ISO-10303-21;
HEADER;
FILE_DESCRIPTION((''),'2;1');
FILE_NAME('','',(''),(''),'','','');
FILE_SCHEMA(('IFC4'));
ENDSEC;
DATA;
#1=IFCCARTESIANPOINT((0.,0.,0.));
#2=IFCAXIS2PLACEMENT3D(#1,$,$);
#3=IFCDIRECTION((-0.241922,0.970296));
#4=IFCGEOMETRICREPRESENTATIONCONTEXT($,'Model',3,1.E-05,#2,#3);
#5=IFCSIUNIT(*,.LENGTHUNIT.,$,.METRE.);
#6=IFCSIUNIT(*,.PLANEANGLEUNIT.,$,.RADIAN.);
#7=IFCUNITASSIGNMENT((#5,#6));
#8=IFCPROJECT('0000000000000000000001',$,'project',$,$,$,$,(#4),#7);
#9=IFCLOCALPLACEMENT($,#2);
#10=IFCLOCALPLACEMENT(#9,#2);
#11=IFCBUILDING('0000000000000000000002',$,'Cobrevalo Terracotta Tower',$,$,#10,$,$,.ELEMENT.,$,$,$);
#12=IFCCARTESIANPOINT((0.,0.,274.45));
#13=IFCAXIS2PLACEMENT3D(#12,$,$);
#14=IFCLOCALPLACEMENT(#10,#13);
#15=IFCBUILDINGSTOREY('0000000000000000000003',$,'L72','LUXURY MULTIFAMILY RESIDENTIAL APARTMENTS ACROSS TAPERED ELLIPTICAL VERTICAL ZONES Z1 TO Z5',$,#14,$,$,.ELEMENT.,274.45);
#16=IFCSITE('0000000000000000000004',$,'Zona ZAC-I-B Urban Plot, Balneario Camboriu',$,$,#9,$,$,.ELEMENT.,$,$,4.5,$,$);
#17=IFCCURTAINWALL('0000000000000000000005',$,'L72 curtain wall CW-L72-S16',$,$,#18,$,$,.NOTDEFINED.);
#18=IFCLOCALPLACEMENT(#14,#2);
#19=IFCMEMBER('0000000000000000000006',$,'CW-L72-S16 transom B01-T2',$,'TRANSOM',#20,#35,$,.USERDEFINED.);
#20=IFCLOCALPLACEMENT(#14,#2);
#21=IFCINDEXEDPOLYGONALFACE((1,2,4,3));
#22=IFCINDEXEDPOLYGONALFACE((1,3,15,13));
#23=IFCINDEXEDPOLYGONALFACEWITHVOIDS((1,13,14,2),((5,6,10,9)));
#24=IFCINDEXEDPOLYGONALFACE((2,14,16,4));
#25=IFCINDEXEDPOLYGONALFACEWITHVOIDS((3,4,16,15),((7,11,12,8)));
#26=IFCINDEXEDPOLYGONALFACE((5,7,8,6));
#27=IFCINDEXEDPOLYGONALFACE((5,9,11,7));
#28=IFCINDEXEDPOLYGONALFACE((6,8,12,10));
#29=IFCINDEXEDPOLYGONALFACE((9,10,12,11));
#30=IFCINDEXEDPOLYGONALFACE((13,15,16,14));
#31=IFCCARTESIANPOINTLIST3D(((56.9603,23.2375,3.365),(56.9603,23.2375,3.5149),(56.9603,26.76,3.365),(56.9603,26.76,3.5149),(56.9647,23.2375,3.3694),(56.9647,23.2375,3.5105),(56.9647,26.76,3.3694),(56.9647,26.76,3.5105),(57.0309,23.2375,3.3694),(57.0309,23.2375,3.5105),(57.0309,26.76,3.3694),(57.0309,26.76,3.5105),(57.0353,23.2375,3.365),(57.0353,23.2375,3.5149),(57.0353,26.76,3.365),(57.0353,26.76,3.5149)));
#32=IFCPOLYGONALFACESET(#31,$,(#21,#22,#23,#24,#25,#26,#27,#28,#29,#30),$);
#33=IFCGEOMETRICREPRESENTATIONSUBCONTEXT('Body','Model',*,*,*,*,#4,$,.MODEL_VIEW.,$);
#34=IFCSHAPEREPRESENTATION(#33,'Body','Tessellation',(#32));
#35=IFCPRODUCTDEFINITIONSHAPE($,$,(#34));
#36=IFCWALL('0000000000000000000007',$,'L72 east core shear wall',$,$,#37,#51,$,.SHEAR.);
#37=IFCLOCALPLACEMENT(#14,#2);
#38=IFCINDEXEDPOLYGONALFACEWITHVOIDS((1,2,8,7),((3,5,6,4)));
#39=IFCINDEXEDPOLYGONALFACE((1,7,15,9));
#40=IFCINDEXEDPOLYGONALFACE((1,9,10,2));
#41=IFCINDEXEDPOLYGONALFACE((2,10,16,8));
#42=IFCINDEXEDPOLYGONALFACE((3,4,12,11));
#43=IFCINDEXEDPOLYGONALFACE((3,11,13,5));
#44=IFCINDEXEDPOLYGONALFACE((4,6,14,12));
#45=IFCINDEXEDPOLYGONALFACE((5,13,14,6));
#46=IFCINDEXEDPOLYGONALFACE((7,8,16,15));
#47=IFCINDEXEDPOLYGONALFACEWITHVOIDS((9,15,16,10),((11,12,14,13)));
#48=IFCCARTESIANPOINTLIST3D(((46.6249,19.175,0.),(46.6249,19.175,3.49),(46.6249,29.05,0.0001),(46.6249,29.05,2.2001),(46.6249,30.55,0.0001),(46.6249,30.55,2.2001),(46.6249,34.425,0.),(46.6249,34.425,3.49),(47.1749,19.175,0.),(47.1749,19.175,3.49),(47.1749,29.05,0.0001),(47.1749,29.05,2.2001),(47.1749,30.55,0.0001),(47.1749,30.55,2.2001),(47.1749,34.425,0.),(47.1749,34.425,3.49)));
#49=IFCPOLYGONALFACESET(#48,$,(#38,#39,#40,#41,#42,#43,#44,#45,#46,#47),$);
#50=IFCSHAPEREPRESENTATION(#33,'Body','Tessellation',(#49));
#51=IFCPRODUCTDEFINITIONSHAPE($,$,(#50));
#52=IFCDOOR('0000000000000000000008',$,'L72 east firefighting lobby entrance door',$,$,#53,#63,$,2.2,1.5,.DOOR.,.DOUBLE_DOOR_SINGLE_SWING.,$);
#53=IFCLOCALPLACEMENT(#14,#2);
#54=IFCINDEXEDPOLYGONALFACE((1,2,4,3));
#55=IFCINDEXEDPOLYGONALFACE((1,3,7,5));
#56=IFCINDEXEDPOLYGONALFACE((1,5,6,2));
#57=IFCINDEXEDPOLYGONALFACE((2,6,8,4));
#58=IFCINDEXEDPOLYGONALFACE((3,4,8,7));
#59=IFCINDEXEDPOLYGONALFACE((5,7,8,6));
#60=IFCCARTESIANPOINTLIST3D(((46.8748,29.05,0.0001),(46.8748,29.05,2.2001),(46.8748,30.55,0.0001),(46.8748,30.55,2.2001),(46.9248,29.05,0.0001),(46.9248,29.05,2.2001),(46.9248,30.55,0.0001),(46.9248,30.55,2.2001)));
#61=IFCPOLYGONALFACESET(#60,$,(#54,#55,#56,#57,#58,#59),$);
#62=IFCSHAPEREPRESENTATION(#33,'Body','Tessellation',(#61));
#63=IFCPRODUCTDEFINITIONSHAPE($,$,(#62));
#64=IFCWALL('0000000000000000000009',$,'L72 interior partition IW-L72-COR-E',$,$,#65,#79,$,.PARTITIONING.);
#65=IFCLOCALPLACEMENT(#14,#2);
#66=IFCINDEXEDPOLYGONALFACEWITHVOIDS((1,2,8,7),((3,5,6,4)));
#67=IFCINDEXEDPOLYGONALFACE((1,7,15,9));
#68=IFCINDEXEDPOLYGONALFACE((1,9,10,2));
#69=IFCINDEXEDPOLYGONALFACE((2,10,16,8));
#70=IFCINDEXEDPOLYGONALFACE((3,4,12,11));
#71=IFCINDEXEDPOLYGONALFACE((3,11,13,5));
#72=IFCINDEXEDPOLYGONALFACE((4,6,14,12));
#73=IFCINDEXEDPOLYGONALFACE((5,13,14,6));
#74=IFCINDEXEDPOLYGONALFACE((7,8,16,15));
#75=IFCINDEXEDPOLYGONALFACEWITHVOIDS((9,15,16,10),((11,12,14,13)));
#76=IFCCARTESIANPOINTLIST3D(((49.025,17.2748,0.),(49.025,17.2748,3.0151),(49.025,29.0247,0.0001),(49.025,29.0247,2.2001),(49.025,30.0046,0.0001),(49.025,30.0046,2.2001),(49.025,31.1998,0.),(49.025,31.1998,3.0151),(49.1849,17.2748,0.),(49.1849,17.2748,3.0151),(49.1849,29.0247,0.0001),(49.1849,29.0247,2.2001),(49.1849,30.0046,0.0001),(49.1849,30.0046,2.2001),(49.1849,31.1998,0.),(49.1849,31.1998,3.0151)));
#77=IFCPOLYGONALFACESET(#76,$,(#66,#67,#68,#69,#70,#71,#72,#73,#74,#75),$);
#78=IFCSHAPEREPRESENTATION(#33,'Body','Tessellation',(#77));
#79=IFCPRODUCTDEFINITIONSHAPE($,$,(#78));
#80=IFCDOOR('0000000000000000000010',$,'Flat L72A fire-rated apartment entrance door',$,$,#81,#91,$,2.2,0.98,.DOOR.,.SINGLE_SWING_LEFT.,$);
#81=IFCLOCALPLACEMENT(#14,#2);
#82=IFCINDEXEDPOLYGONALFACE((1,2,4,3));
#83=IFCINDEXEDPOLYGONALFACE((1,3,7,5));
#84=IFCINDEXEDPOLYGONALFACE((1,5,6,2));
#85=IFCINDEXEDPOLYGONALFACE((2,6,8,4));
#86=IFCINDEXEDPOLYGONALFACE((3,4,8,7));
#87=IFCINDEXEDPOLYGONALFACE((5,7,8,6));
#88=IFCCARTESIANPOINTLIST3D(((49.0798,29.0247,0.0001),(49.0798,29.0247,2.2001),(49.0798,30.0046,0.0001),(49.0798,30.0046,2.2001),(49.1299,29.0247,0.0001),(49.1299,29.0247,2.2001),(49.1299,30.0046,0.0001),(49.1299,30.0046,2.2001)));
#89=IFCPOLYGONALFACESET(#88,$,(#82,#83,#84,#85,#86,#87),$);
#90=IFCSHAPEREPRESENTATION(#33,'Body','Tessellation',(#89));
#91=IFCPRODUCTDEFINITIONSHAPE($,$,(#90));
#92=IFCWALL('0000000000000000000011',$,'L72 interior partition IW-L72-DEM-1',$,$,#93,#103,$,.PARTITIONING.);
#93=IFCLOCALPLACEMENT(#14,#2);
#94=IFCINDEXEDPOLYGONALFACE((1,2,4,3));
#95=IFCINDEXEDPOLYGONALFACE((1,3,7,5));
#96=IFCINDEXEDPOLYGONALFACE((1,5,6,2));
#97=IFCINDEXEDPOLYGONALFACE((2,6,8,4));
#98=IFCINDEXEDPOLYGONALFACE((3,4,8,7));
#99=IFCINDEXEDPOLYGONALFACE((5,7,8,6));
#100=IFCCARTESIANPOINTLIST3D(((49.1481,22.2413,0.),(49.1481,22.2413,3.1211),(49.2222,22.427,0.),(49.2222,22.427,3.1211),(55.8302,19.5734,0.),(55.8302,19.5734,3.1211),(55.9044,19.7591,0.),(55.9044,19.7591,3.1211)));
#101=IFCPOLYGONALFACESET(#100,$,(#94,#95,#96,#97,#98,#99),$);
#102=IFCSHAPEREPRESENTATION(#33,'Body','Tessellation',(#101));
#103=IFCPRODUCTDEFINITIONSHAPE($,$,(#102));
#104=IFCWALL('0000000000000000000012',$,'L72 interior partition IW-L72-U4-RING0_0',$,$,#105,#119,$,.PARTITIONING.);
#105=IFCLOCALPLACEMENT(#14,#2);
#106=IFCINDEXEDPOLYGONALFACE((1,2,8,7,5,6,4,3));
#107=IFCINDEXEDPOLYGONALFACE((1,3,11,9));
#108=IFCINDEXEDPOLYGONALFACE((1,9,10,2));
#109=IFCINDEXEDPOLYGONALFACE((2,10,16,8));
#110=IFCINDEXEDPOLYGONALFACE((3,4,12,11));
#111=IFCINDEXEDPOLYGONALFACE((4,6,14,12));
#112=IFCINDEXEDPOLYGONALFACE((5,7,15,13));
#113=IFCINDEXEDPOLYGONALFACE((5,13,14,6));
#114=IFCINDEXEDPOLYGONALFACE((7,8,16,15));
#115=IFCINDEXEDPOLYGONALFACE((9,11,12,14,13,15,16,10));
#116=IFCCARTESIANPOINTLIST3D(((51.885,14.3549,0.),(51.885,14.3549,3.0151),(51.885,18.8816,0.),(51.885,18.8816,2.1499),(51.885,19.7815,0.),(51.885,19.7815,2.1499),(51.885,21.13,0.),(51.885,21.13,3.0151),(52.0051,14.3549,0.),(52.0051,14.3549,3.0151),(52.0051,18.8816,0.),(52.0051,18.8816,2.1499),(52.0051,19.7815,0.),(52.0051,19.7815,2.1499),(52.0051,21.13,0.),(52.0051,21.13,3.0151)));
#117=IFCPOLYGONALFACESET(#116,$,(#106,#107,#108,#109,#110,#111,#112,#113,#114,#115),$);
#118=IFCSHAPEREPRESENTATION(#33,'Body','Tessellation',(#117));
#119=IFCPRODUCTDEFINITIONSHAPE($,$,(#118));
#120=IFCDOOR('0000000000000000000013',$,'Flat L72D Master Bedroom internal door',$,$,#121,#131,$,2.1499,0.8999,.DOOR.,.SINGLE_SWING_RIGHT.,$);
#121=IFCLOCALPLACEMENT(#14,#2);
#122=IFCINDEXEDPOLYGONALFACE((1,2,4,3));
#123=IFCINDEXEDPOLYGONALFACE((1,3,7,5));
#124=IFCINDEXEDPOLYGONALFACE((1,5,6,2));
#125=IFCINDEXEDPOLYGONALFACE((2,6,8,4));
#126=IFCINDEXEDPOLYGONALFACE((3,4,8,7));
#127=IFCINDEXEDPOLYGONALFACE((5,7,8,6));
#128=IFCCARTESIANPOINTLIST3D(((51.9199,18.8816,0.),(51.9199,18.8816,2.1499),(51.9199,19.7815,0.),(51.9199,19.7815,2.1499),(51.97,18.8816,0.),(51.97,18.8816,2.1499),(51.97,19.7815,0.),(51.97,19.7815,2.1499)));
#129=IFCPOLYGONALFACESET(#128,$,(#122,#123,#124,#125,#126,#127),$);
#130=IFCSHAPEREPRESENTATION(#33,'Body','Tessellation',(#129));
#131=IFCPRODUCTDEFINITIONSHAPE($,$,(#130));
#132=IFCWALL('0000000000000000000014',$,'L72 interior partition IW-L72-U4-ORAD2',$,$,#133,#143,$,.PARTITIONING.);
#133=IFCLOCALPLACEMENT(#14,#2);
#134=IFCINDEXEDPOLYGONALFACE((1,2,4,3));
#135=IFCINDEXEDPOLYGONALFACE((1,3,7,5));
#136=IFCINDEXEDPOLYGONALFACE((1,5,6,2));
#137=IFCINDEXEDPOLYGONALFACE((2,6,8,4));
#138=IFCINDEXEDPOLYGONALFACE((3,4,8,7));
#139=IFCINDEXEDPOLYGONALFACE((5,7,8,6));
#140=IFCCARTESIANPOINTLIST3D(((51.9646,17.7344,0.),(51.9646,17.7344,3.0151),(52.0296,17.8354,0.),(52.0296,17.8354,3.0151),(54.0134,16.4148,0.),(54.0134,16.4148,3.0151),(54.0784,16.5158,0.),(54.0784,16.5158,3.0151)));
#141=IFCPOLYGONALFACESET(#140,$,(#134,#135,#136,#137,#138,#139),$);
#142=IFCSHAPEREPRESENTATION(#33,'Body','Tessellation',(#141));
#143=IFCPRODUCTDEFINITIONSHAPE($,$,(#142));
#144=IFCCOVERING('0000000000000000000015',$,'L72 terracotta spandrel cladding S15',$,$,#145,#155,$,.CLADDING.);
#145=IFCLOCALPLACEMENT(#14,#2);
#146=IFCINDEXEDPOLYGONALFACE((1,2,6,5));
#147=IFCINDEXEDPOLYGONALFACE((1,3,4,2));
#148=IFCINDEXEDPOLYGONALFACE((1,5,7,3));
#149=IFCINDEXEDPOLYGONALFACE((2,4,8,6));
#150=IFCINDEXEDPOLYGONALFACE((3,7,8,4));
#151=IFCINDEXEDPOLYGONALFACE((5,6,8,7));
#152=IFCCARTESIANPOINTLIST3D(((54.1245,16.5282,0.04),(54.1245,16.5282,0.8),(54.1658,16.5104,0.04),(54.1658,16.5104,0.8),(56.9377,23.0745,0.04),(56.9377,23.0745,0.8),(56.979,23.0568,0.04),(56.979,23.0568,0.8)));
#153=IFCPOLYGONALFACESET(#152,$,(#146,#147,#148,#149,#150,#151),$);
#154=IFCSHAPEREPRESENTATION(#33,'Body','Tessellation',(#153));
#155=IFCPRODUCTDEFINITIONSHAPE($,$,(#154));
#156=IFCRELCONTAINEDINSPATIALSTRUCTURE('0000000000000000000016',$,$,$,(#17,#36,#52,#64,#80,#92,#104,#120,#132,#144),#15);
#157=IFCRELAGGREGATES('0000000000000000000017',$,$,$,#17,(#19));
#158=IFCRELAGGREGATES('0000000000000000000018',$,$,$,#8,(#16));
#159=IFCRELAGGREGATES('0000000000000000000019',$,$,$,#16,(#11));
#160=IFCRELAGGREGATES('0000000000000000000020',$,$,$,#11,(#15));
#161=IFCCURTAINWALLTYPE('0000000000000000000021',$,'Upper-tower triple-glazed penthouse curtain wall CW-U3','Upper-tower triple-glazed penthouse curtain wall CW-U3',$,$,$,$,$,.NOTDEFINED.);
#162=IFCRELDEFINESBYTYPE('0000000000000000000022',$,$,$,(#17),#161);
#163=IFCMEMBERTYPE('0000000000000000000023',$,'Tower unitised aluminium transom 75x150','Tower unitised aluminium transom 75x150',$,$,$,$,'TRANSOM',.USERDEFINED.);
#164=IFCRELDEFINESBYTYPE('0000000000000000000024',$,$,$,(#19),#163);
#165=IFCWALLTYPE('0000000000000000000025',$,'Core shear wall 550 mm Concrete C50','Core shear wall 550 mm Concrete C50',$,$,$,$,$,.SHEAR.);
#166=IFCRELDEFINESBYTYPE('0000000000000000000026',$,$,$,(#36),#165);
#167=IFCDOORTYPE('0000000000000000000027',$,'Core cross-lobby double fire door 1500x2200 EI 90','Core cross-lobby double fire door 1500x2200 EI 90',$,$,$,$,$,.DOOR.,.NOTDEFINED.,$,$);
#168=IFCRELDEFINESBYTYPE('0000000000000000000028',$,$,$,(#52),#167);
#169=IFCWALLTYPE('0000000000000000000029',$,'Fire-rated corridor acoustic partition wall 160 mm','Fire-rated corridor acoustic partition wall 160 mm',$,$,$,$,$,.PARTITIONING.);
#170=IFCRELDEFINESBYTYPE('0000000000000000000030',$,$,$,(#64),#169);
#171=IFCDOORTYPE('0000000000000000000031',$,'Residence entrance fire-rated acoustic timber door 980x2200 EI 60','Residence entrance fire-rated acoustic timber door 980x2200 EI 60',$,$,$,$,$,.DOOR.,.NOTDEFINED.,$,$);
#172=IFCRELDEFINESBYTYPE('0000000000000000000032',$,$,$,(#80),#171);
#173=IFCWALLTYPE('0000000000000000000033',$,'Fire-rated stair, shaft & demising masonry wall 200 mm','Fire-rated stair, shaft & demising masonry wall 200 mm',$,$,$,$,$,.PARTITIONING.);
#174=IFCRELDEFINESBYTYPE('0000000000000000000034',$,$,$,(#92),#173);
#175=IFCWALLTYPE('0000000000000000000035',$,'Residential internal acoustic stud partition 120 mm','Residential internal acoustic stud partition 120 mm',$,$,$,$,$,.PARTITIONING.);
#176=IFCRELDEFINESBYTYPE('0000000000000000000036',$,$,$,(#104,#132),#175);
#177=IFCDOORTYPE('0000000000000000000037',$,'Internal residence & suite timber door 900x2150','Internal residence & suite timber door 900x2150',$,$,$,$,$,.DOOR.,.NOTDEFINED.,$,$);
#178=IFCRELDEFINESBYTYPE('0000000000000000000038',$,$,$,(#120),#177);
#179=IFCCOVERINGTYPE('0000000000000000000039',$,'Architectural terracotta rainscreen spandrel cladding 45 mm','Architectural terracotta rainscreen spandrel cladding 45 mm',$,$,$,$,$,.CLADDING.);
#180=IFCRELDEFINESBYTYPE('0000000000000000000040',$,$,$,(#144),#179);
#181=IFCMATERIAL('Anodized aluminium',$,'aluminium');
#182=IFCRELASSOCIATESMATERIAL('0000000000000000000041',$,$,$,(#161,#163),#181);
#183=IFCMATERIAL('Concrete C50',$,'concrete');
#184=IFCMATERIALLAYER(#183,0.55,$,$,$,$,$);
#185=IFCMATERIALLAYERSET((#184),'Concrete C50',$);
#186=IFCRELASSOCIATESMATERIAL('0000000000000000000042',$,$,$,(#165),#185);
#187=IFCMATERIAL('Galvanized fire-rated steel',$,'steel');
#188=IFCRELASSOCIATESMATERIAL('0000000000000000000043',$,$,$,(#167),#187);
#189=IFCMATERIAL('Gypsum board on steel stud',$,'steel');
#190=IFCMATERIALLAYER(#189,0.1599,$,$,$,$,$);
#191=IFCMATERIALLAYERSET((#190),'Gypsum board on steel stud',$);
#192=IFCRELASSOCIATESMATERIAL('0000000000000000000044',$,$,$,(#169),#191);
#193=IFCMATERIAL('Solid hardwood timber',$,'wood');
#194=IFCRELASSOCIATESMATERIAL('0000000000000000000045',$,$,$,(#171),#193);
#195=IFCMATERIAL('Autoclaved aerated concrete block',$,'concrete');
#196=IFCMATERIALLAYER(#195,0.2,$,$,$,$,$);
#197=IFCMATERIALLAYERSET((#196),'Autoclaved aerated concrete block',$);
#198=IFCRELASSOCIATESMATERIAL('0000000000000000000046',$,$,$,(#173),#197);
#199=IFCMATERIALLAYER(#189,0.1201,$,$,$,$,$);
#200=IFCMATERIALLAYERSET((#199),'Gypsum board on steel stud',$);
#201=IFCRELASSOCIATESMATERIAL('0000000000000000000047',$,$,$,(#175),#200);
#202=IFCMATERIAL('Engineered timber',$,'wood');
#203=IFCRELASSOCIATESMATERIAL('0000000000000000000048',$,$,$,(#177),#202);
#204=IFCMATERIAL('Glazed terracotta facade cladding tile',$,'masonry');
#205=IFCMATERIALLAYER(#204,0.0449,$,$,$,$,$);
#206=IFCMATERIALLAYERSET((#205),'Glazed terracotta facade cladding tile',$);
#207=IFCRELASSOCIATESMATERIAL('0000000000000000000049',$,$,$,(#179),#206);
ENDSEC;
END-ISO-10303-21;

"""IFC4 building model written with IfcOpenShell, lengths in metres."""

from ifc_helpers import new_model, si_unit, direction, frame, frame_2d, origin, origin_2d, place, context, subcontext, project, spatial, rectangle, hollow_rectangle, extrude, source, transform, mapped, material, layer, layer_set, material_profile, profile_set, type_object, element, fill, aggregate, save


model = new_model("IFC4")

# Units and contexts
model_context = context("Model", 3, precision=1e-05, world=origin(), true_north=direction((-0.241922, 0.970296)))
body_context = subcontext(model_context, "Body", "Model", "MODEL_VIEW")
ifc_project = project(units=[si_unit("LENGTHUNIT", "METRE"), si_unit("PLANEANGLEUNIT", "RADIAN")], contexts=[model_context])

# Site, building, storey
site_placement = place(None, origin())
site = spatial("IfcSite", under=ifc_project, at=site_placement, Name="Zona ZAC-I-B Urban Plot, Balneario Camboriu", CompositionType="ELEMENT", RefElevation=4.5)
building_placement = place(site_placement, origin())
building = spatial("IfcBuilding", under=site, at=building_placement, Name="Cobrevalo Terracotta Tower", CompositionType="ELEMENT")
storey_placement = place(building_placement, frame((0.0, 0.0, 274.45)))
storey = spatial("IfcBuildingStorey", under=building, at=storey_placement, Name="L72", Description="LUXURY MULTIFAMILY RESIDENTIAL APARTMENTS ACROSS TAPERED ELLIPTICAL VERTICAL ZONES Z1 TO Z5", CompositionType="ELEMENT", Elevation=274.45)

# Shared definitions
ifc_material_1 = material(Name="Concrete C50", Category="concrete")

# Curtain wall, member
ifc_material_2 = material(Name="Anodized aluminium", Category="aluminium")
curtain_wall_type = type_object("IfcCurtainWallType", Name="Upper-tower triple-glazed penthouse curtain wall CW-U3", Description="Upper-tower triple-glazed penthouse curtain wall CW-U3", PredefinedType="NOTDEFINED", material=ifc_material_2)
curtain_wall_placement = place(storey_placement, origin())
curtain_wall = element("IfcCurtainWall", 1, at=curtain_wall_placement, inside=storey, type_object=curtain_wall_type, Name="L72 curtain wall CW-L72-S16", PredefinedType="NOTDEFINED")
ifc_material_profile_1 = material_profile(ifc_material_2, hollow_rectangle(XDim=0.075, YDim=0.1499, WallThickness=0.0044, at=origin_2d()), Name="CWT 75x150")
ifc_profile_set_1 = profile_set([ifc_material_profile_1], Name="Anodized aluminium")
member_type_1 = type_object("IfcMemberType", Name="Tower unitised aluminium transom 75x150", Description="Tower unitised aluminium transom 75x150", ElementType="TRANSOM", PredefinedType="USERDEFINED", material=ifc_profile_set_1)
shared_shape_1 = source(origin(), body_context, "Body", "SweptSolid", [
    extrude(hollow_rectangle(XDim=0.075, YDim=0.1499, WallThickness=0.0044, at=origin_2d()), origin(), (0.0, 0.0, 1.0), 3.5225),
])
member_1_placement = place(storey_placement, frame((56.9978, 23.2375, 3.4399), z_axis=(0.0, 1.0, 0.0), x_axis=(-1.0, 0.0, 0.0)))
member_1 = element("IfcMember", 2, at=member_1_placement, type_object=member_type_1, Name="CW-L72-S16 transom B01-T2", ObjectType="TRANSOM", PredefinedType="USERDEFINED", context=body_context, shape_type="MappedRepresentation", body=[
    mapped(shared_shape_1, transform((0.0, 0.0, 0.0), scale=1.0)),
])
aggregate(curtain_wall, [member_1])

# Walls, openings, doors
ifc_layer_1 = layer(ifc_material_1, 0.55)
ifc_layer_set_1 = layer_set([ifc_layer_1], Name="Concrete C50")
wall_type_1 = type_object("IfcWallType", Name="Core shear wall 550 mm Concrete C50", Description="Core shear wall 550 mm Concrete C50", PredefinedType="SHEAR", material=ifc_layer_set_1)
wall_1_placement = place(storey_placement, frame((46.8999, 19.175, 0.0), z_axis=(0.0, 0.0, 1.0), x_axis=(0.0, 1.0, 0.0)))
wall_1 = element("IfcWall", 3, at=wall_1_placement, inside=storey, type_object=wall_type_1, Name="L72 east core shear wall", PredefinedType="SHEAR", context=body_context, shape_type="SweptSolid", body=[
    extrude(rectangle(XDim=15.25, YDim=0.55, at=frame_2d((7.625, 0.0))), origin(), (0.0, 0.0, 1.0), 3.49),
])
opening_1_placement = place(wall_1_placement, frame((9.875, 0.0, 0.0)))
opening_1 = element("IfcOpeningElement", 4, at=opening_1_placement, cuts=wall_1, PredefinedType="OPENING", context=body_context, shape_type="SweptSolid", body=[
    extrude(rectangle(XDim=1.5, YDim=2.2, at=frame_2d((0.75, 1.1001))), frame((0.0, 0.2852, 0.0), z_axis=(0.0, -1.0, 0.0), x_axis=(1.0, 0.0, 0.0)), (0.0, 0.0, 1.0), 0.5701),
])
ifc_material_3 = material(Name="Galvanized fire-rated steel", Category="steel")
door_type_1 = type_object("IfcDoorType", Name="Core cross-lobby double fire door 1500x2200 EI 90", Description="Core cross-lobby double fire door 1500x2200 EI 90", OperationType="NOTDEFINED", PredefinedType="DOOR", material=ifc_material_3)
shared_shape_2 = source(origin(), body_context, "Body", "SweptSolid", [
    extrude(rectangle(XDim=1.5, YDim=2.2, at=frame_2d((0.75, 1.1001))), frame((0.0, 0.0249, 0.0), z_axis=(0.0, -1.0, 0.0), x_axis=(1.0, 0.0, 0.0)), (0.0, 0.0, 1.0), 0.05),
])
door_1_placement = place(opening_1_placement, frame((1.5, 0.0, 0.0), z_axis=(0.0, 0.0, 1.0), x_axis=(-1.0, 0.0, 0.0)))
door_1 = element("IfcDoor", 5, at=door_1_placement, inside=storey, type_object=door_type_1, Name="L72 east firefighting lobby entrance door", OperationType="DOUBLE_DOOR_SINGLE_SWING", OverallHeight=2.2, OverallWidth=1.5, PredefinedType="DOOR", context=body_context, shape_type="MappedRepresentation", body=[
    mapped(shared_shape_2, transform((0.0, 0.0, 0.0), scale=1.0)),
])
fill(opening_1, door_1)
ifc_material_4 = material(Name="Gypsum board on steel stud", Category="steel")
ifc_layer_2 = layer(ifc_material_4, 0.1599)
ifc_layer_set_2 = layer_set([ifc_layer_2], Name="Gypsum board on steel stud")
wall_type_2 = type_object("IfcWallType", Name="Fire-rated corridor acoustic partition wall 160 mm", Description="Fire-rated corridor acoustic partition wall 160 mm", PredefinedType="PARTITIONING", material=ifc_layer_set_2)
wall_2_placement = place(storey_placement, frame((49.105, 17.2749, 0.0), z_axis=(0.0, 0.0, 1.0), x_axis=(0.0, 1.0, 0.0)))
wall_2 = element("IfcWall", 6, at=wall_2_placement, inside=storey, type_object=wall_type_2, Name="L72 interior partition IW-L72-COR-E", PredefinedType="PARTITIONING", context=body_context, shape_type="SweptSolid", body=[
    extrude(rectangle(XDim=13.925, YDim=0.1599, at=frame_2d((6.9624, 0.0))), origin(), (0.0, 0.0, 1.0), 3.0151),
])
opening_2_placement = place(wall_2_placement, frame((11.7498, 0.0, 0.0)))
opening_2 = element("IfcOpeningElement", 7, at=opening_2_placement, cuts=wall_2, PredefinedType="OPENING", context=body_context, shape_type="SweptSolid", body=[
    extrude(rectangle(XDim=0.98, YDim=2.2, at=frame_2d((0.49, 1.1001))), frame((0.0, 0.0898, 0.0), z_axis=(0.0, -1.0, 0.0), x_axis=(1.0, 0.0, 0.0)), (0.0, 0.0, 1.0), 0.1799),
])
ifc_material_5 = material(Name="Solid hardwood timber", Category="wood")
door_type_2 = type_object("IfcDoorType", Name="Residence entrance fire-rated acoustic timber door 980x2200 EI 60", Description="Residence entrance fire-rated acoustic timber door 980x2200 EI 60", OperationType="NOTDEFINED", PredefinedType="DOOR", material=ifc_material_5)
shared_shape_3 = source(origin(), body_context, "Body", "SweptSolid", [
    extrude(rectangle(XDim=0.98, YDim=2.2, at=frame_2d((0.49, 1.1001))), frame((0.0, 0.0249, 0.0), z_axis=(0.0, -1.0, 0.0), x_axis=(1.0, 0.0, 0.0)), (0.0, 0.0, 1.0), 0.05),
])
door_2_placement = place(opening_2_placement, frame((0.98, 0.0, 0.0), z_axis=(0.0, 0.0, 1.0), x_axis=(-1.0, 0.0, 0.0)))
door_2 = element("IfcDoor", 8, at=door_2_placement, inside=storey, type_object=door_type_2, Name="Flat L72A fire-rated apartment entrance door", OperationType="SINGLE_SWING_LEFT", OverallHeight=2.2, OverallWidth=0.98, PredefinedType="DOOR", context=body_context, shape_type="MappedRepresentation", body=[
    mapped(shared_shape_3, transform((0.0, 0.0, 0.0), scale=1.0)),
])
fill(opening_2, door_2)

# Wall
ifc_material_6 = material(Name="Autoclaved aerated concrete block", Category="concrete")
ifc_layer_3 = layer(ifc_material_6, 0.2)
ifc_layer_set_3 = layer_set([ifc_layer_3], Name="Autoclaved aerated concrete block")
wall_type_3 = type_object("IfcWallType", Name="Fire-rated stair, shaft & demising masonry wall 200 mm", Description="Fire-rated stair, shaft & demising masonry wall 200 mm", PredefinedType="PARTITIONING", material=ifc_layer_set_3)
wall_3_placement = place(storey_placement, frame((49.1851, 22.3342, 0.0), z_axis=(0.0, 0.0, 1.0), x_axis=(0.928711, -0.370806, 0.0)))
element("IfcWall", 9, at=wall_3_placement, inside=storey, type_object=wall_type_3, Name="L72 interior partition IW-L72-DEM-1", PredefinedType="PARTITIONING", context=body_context, shape_type="SweptSolid", body=[
    extrude(rectangle(XDim=7.1951, YDim=0.2, at=frame_2d((3.5977, 0.0))), origin(), (0.0, 0.0, 1.0), 3.1211),
])

# Wall, opening, door
ifc_layer_4 = layer(ifc_material_4, 0.1201)
ifc_layer_set_4 = layer_set([ifc_layer_4], Name="Gypsum board on steel stud")
wall_type_4 = type_object("IfcWallType", Name="Residential internal acoustic stud partition 120 mm", Description="Residential internal acoustic stud partition 120 mm", PredefinedType="PARTITIONING", material=ifc_layer_set_4)
wall_4_placement = place(storey_placement, frame((51.9451, 21.1301, 0.0), z_axis=(0.0, 0.0, 1.0), x_axis=(0.0, -1.0, 0.0)))
wall_4 = element("IfcWall", 10, at=wall_4_placement, inside=storey, type_object=wall_type_4, Name="L72 interior partition IW-L72-U4-RING0_0", PredefinedType="PARTITIONING", context=body_context, shape_type="SweptSolid", body=[
    extrude(rectangle(XDim=6.7751, YDim=0.1201, at=frame_2d((3.3877, 0.0))), origin(), (0.0, 0.0, 1.0), 3.0151),
])
opening_3_placement = place(wall_4_placement, frame((1.3486, 0.0, 0.0)))
opening_3 = element("IfcOpeningElement", 11, at=opening_3_placement, cuts=wall_4, PredefinedType="OPENING", context=body_context, shape_type="SweptSolid", body=[
    extrude(rectangle(XDim=0.8999, YDim=2.1499, at=frame_2d((0.45, 1.075))), frame((0.0, 0.0701, 0.0), z_axis=(0.0, -1.0, 0.0), x_axis=(1.0, 0.0, 0.0)), (0.0, 0.0, 1.0), 0.1401),
])
ifc_material_7 = material(Name="Engineered timber", Category="wood")
door_type_3 = type_object("IfcDoorType", Name="Internal residence & suite timber door 900x2150", Description="Internal residence & suite timber door 900x2150", OperationType="NOTDEFINED", PredefinedType="DOOR", material=ifc_material_7)
shared_shape_4 = source(origin(), body_context, "Body", "SweptSolid", [
    extrude(rectangle(XDim=0.8999, YDim=2.1499, at=frame_2d((0.45, 1.075))), frame((0.0, 0.0249, 0.0), z_axis=(0.0, -1.0, 0.0), x_axis=(1.0, 0.0, 0.0)), (0.0, 0.0, 1.0), 0.05),
])
door_3_placement = place(opening_3_placement, origin())
door_3 = element("IfcDoor", 12, at=door_3_placement, inside=storey, type_object=door_type_3, Name="Flat L72D Master Bedroom internal door", OperationType="SINGLE_SWING_RIGHT", OverallHeight=2.1499, OverallWidth=0.8999, PredefinedType="DOOR", context=body_context, shape_type="MappedRepresentation", body=[
    mapped(shared_shape_4, transform((0.0, 0.0, 0.0), scale=1.0)),
])
fill(opening_3, door_3)

# Wall
wall_5_placement = place(storey_placement, frame((51.9971, 17.7849, 0.0), z_axis=(0.0, 0.0, 1.0), x_axis=(0.840716, -0.541476, 0.0)))
element("IfcWall", 13, at=wall_5_placement, inside=storey, type_object=wall_type_4, Name="L72 interior partition IW-L72-U4-ORAD2", PredefinedType="PARTITIONING", context=body_context, shape_type="SweptSolid", body=[
    extrude(rectangle(XDim=2.437, YDim=0.1201, at=frame_2d((1.2185, 0.0))), origin(), (0.0, 0.0, 1.0), 3.0151),
])

# Covering
ifc_material_8 = material(Name="Glazed terracotta facade cladding tile", Category="masonry")
ifc_layer_5 = layer(ifc_material_8, 0.0449)
ifc_layer_set_5 = layer_set([ifc_layer_5], Name="Glazed terracotta facade cladding tile")
covering_type = type_object("IfcCoveringType", Name="Architectural terracotta rainscreen spandrel cladding 45 mm", Description="Architectural terracotta rainscreen spandrel cladding 45 mm", PredefinedType="CLADDING", material=ifc_layer_set_5)
shared_shape_5 = source(origin(), body_context, "Body", "SweptSolid", [
    extrude(rectangle(XDim=7.1252, YDim=0.0449, at=origin_2d()), origin(), (0.0, 0.0, 1.0), 0.76),
])
covering_placement = place(storey_placement, frame((55.5518, 19.7925, 0.04), z_axis=(0.0, 0.0, 1.0), x_axis=(0.394829, 0.918755, 0.0)))
element("IfcCovering", 14, at=covering_placement, inside=storey, type_object=covering_type, Name="L72 terracotta spandrel cladding S15", PredefinedType="CLADDING", context=body_context, shape_type="MappedRepresentation", body=[
    mapped(shared_shape_5, transform((0.0, 0.0, 0.0), scale=1.0)),
])

save(model, "model.ifc")
